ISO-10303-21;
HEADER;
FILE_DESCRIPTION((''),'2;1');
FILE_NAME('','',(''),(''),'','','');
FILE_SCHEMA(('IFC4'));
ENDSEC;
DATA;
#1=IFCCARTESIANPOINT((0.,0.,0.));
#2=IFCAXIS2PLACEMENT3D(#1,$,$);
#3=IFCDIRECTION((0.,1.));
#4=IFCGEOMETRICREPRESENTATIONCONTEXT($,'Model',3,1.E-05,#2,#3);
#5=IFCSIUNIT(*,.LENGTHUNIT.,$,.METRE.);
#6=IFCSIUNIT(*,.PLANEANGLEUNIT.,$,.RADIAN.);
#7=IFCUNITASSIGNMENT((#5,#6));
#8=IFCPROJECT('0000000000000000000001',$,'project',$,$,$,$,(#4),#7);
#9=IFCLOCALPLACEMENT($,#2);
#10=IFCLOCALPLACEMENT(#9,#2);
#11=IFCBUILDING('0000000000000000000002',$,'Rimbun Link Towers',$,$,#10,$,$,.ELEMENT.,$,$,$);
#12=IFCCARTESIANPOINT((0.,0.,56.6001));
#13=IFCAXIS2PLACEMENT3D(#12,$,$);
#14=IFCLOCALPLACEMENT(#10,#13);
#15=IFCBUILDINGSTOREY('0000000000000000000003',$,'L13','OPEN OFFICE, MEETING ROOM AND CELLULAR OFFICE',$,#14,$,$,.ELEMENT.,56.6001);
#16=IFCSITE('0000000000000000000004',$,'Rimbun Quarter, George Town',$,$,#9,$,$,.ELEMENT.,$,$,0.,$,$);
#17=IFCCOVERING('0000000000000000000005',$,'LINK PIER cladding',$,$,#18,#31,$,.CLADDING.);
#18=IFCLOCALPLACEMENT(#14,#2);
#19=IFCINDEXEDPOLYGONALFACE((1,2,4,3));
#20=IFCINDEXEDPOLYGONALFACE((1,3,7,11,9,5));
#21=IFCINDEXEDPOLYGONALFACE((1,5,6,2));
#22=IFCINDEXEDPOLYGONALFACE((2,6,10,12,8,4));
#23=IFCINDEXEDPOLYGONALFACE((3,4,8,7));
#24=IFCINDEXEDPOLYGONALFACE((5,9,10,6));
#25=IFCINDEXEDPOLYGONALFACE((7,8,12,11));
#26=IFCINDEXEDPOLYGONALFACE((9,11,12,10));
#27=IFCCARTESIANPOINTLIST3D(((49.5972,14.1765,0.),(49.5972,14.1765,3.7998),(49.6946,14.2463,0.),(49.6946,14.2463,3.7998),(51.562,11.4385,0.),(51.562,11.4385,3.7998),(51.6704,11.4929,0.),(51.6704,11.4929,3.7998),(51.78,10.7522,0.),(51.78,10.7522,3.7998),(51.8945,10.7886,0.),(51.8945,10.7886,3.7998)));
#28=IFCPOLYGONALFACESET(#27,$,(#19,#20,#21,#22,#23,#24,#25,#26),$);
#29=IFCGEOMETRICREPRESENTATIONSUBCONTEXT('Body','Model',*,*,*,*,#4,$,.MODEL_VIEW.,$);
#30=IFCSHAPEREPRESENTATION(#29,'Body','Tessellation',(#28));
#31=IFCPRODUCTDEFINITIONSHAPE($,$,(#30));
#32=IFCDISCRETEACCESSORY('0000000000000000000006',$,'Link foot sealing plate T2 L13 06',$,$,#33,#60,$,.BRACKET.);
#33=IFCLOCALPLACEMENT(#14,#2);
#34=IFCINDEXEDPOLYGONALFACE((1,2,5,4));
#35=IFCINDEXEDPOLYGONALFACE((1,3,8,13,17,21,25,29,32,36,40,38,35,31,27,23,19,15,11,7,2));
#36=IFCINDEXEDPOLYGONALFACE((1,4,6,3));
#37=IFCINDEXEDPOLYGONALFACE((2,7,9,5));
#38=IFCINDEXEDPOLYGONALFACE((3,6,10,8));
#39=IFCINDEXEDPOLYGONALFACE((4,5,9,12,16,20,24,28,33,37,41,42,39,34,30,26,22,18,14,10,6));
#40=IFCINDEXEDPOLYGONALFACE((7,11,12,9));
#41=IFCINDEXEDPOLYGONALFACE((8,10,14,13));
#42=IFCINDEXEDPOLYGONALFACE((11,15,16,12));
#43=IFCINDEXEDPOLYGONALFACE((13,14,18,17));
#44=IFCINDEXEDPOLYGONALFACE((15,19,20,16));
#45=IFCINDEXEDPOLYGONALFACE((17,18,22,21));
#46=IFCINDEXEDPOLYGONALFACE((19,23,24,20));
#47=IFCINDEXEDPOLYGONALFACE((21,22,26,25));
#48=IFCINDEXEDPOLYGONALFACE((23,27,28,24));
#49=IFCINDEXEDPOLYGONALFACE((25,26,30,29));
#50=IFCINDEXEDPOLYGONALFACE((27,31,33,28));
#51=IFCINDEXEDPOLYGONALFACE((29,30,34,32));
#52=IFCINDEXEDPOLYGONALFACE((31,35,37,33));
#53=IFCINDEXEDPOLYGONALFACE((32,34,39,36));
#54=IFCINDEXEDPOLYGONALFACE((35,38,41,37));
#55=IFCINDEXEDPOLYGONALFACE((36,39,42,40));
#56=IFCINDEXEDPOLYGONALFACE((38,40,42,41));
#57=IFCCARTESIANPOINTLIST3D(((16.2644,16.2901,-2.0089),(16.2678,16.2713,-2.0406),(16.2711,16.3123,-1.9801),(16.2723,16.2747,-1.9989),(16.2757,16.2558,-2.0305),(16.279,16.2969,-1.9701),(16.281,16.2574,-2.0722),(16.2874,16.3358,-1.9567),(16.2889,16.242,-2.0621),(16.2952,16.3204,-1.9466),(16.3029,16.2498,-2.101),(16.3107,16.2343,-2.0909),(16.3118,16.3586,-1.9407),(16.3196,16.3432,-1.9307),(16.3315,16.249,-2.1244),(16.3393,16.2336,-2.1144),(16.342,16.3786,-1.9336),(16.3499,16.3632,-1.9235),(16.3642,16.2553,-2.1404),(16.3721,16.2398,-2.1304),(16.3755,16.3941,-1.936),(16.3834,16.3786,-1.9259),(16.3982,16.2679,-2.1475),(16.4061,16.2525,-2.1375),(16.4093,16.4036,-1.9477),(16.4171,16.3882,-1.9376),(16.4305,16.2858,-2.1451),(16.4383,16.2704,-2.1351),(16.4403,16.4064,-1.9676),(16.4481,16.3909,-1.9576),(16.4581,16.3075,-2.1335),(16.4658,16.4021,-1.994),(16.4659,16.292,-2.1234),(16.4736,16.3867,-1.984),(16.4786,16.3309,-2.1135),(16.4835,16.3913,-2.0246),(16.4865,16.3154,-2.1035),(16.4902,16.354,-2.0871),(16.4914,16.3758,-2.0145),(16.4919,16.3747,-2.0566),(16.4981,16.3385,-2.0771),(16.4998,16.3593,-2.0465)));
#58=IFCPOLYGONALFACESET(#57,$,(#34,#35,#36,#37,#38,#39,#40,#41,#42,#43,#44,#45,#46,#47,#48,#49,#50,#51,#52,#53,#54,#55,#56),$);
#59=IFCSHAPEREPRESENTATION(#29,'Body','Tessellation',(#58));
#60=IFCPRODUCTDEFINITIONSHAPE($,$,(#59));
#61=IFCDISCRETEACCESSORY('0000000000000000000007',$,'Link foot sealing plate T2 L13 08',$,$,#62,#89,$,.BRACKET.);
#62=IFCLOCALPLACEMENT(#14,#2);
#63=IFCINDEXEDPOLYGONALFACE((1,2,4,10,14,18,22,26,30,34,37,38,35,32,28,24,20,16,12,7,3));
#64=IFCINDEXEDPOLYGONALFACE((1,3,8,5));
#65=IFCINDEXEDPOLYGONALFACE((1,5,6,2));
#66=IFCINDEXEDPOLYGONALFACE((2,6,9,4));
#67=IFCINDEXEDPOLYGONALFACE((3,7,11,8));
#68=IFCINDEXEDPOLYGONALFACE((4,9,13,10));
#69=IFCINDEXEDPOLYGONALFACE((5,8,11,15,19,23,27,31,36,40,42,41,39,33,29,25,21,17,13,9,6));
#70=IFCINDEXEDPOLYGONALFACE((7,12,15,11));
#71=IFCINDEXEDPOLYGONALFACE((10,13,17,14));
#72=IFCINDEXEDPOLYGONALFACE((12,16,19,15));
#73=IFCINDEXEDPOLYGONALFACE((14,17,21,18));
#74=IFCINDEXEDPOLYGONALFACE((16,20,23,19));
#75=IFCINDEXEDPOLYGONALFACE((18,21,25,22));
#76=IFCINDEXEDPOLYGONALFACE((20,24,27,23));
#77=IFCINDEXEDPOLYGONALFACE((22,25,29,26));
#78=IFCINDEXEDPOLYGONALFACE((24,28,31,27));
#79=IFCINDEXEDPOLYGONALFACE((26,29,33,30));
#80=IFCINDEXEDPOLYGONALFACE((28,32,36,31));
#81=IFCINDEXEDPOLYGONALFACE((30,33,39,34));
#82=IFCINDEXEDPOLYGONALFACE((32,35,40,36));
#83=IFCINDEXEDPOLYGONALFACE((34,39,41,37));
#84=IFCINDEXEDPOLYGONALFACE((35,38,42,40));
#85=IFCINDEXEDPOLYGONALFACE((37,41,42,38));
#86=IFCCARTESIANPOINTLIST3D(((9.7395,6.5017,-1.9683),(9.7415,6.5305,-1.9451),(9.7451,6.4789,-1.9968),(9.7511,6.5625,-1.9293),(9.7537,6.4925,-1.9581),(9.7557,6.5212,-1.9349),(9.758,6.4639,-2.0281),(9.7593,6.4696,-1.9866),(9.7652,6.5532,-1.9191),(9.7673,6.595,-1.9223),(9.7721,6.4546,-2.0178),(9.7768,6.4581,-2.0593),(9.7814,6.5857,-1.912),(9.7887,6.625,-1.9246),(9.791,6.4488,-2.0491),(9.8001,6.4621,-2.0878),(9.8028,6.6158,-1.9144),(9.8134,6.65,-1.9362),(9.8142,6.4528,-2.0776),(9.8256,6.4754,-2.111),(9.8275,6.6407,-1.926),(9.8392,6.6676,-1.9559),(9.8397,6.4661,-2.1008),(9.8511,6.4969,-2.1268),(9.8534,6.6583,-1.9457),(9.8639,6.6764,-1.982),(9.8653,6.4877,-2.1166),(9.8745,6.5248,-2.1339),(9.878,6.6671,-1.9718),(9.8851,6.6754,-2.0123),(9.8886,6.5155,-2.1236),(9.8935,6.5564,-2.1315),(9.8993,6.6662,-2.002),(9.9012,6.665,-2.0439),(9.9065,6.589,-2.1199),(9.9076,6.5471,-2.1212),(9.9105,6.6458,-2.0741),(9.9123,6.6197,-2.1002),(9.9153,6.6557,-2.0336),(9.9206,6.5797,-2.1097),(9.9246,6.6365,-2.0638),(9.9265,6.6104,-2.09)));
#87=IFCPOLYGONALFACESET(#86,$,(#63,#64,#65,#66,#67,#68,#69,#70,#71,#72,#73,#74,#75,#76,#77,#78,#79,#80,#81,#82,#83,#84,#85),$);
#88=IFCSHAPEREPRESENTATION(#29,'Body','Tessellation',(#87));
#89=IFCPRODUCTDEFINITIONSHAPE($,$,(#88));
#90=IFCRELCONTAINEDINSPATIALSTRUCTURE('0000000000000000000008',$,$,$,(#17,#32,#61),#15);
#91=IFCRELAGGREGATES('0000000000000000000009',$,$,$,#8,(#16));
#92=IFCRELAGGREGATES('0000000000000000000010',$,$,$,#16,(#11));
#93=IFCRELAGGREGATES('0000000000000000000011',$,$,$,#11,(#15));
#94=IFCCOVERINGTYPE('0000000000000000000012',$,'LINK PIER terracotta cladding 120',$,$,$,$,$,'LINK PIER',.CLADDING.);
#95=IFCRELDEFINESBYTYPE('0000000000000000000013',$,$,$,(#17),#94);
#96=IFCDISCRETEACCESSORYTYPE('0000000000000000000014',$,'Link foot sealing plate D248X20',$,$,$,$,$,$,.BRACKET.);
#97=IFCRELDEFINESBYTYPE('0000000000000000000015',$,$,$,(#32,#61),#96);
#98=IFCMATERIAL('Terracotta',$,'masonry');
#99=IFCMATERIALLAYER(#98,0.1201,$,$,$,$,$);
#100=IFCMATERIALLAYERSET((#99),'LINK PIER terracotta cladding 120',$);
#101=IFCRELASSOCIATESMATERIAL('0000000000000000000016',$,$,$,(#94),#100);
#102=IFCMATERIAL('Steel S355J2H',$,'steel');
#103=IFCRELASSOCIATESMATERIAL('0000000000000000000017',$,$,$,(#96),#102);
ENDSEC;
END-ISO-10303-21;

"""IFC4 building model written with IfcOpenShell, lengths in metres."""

from ifc_helpers import new_model, si_unit, direction, frame, origin, origin_2d, place, context, subcontext, project, spatial, polyline, circle, outline, extrude, material, layer, layer_set, material_profile, profile_set, type_object, element, save


model = new_model("IFC4")

# Units and contexts
model_context = context("Model", 3, precision=1e-05, world=origin(), true_north=direction((0.0, 1.0)))
body_context = subcontext(model_context, "Body", "Model", "MODEL_VIEW")
ifc_project = project(units=[si_unit("LENGTHUNIT", "METRE"), si_unit("PLANEANGLEUNIT", "RADIAN")], contexts=[model_context])

# Site, building, storey
site_placement = place(None, origin())
site = spatial("IfcSite", under=ifc_project, at=site_placement, Name="Rimbun Quarter, George Town", CompositionType="ELEMENT", RefElevation=0.0)
building_placement = place(site_placement, origin())
building = spatial("IfcBuilding", under=site, at=building_placement, Name="Rimbun Link Towers", CompositionType="ELEMENT")
storey_placement = place(building_placement, frame((0.0, 0.0, 56.6001)))
storey = spatial("IfcBuildingStorey", under=building, at=storey_placement, Name="L13", Description="OPEN OFFICE, MEETING ROOM AND CELLULAR OFFICE", CompositionType="ELEMENT", Elevation=56.6001)

# Covering
ifc_material_1 = material(Name="Terracotta", Category="masonry")
ifc_layer_1 = layer(ifc_material_1, 0.1201)
ifc_layer_set_1 = layer_set([ifc_layer_1], Name="LINK PIER terracotta cladding 120")
covering_type_1 = type_object("IfcCoveringType", Name="LINK PIER terracotta cladding 120", ElementType="LINK PIER", PredefinedType="CLADDING", material=ifc_layer_set_1)
covering_1_placement = place(storey_placement, origin())
element("IfcCovering", 1, at=covering_1_placement, inside=storey, type_object=covering_type_1, Name="LINK PIER cladding", PredefinedType="CLADDING", context=body_context, shape_type="SweptSolid", body=[
    extrude(outline(polyline([(49.5972, 14.1765), (51.562, 11.4385), (51.78, 10.7522), (51.8945, 10.7886), (51.6704, 11.4929), (49.6946, 14.2463), (49.5972, 14.1765)])), origin(), (0.0, 0.0, 1.0), 3.7998),
])

# Discrete accessories
ifc_material_2 = material(Name="Steel S355J2H", Category="steel")
ifc_material_profile_1 = material_profile(ifc_material_2, circle(Radius=0.124, at=origin_2d()), Name="PL D248")
ifc_profile_set_1 = profile_set([ifc_material_profile_1], Name="Steel S355J2H")
discrete_accessory_type = type_object("IfcDiscreteAccessoryType", Name="Link foot sealing plate D248X20", PredefinedType="BRACKET", material=ifc_profile_set_1)
discrete_accessory_1_placement = place(storey_placement, frame((16.3862, 16.312, -2.0305), z_axis=(-0.391703, 0.771165, -0.501869), x_axis=(-0.891579, -0.452865, 0.0)))
element("IfcDiscreteAccessory", 2, at=discrete_accessory_1_placement, inside=storey, type_object=discrete_accessory_type, Name="Link foot sealing plate T2 L13 06", PredefinedType="BRACKET", context=body_context, shape_type="SweptSolid", body=[
    extrude(circle(Radius=0.124, at=origin_2d()), origin(), (0.0, 0.0, 1.0), 0.02),
])
discrete_accessory_2_placement = place(storey_placement, frame((9.8401, 6.5583, -2.0178), z_axis=(-0.71545, 0.468743, -0.518084), x_axis=(-0.548026, -0.836461, 0.0)))
element("IfcDiscreteAccessory", 3, at=discrete_accessory_2_placement, inside=storey, type_object=discrete_accessory_type, Name="Link foot sealing plate T2 L13 08", PredefinedType="BRACKET", context=body_context, shape_type="SweptSolid", body=[
    extrude(circle(Radius=0.124, at=origin_2d()), origin(), (0.0, 0.0, 1.0), 0.0198),
])

save(model, "model.ifc")
